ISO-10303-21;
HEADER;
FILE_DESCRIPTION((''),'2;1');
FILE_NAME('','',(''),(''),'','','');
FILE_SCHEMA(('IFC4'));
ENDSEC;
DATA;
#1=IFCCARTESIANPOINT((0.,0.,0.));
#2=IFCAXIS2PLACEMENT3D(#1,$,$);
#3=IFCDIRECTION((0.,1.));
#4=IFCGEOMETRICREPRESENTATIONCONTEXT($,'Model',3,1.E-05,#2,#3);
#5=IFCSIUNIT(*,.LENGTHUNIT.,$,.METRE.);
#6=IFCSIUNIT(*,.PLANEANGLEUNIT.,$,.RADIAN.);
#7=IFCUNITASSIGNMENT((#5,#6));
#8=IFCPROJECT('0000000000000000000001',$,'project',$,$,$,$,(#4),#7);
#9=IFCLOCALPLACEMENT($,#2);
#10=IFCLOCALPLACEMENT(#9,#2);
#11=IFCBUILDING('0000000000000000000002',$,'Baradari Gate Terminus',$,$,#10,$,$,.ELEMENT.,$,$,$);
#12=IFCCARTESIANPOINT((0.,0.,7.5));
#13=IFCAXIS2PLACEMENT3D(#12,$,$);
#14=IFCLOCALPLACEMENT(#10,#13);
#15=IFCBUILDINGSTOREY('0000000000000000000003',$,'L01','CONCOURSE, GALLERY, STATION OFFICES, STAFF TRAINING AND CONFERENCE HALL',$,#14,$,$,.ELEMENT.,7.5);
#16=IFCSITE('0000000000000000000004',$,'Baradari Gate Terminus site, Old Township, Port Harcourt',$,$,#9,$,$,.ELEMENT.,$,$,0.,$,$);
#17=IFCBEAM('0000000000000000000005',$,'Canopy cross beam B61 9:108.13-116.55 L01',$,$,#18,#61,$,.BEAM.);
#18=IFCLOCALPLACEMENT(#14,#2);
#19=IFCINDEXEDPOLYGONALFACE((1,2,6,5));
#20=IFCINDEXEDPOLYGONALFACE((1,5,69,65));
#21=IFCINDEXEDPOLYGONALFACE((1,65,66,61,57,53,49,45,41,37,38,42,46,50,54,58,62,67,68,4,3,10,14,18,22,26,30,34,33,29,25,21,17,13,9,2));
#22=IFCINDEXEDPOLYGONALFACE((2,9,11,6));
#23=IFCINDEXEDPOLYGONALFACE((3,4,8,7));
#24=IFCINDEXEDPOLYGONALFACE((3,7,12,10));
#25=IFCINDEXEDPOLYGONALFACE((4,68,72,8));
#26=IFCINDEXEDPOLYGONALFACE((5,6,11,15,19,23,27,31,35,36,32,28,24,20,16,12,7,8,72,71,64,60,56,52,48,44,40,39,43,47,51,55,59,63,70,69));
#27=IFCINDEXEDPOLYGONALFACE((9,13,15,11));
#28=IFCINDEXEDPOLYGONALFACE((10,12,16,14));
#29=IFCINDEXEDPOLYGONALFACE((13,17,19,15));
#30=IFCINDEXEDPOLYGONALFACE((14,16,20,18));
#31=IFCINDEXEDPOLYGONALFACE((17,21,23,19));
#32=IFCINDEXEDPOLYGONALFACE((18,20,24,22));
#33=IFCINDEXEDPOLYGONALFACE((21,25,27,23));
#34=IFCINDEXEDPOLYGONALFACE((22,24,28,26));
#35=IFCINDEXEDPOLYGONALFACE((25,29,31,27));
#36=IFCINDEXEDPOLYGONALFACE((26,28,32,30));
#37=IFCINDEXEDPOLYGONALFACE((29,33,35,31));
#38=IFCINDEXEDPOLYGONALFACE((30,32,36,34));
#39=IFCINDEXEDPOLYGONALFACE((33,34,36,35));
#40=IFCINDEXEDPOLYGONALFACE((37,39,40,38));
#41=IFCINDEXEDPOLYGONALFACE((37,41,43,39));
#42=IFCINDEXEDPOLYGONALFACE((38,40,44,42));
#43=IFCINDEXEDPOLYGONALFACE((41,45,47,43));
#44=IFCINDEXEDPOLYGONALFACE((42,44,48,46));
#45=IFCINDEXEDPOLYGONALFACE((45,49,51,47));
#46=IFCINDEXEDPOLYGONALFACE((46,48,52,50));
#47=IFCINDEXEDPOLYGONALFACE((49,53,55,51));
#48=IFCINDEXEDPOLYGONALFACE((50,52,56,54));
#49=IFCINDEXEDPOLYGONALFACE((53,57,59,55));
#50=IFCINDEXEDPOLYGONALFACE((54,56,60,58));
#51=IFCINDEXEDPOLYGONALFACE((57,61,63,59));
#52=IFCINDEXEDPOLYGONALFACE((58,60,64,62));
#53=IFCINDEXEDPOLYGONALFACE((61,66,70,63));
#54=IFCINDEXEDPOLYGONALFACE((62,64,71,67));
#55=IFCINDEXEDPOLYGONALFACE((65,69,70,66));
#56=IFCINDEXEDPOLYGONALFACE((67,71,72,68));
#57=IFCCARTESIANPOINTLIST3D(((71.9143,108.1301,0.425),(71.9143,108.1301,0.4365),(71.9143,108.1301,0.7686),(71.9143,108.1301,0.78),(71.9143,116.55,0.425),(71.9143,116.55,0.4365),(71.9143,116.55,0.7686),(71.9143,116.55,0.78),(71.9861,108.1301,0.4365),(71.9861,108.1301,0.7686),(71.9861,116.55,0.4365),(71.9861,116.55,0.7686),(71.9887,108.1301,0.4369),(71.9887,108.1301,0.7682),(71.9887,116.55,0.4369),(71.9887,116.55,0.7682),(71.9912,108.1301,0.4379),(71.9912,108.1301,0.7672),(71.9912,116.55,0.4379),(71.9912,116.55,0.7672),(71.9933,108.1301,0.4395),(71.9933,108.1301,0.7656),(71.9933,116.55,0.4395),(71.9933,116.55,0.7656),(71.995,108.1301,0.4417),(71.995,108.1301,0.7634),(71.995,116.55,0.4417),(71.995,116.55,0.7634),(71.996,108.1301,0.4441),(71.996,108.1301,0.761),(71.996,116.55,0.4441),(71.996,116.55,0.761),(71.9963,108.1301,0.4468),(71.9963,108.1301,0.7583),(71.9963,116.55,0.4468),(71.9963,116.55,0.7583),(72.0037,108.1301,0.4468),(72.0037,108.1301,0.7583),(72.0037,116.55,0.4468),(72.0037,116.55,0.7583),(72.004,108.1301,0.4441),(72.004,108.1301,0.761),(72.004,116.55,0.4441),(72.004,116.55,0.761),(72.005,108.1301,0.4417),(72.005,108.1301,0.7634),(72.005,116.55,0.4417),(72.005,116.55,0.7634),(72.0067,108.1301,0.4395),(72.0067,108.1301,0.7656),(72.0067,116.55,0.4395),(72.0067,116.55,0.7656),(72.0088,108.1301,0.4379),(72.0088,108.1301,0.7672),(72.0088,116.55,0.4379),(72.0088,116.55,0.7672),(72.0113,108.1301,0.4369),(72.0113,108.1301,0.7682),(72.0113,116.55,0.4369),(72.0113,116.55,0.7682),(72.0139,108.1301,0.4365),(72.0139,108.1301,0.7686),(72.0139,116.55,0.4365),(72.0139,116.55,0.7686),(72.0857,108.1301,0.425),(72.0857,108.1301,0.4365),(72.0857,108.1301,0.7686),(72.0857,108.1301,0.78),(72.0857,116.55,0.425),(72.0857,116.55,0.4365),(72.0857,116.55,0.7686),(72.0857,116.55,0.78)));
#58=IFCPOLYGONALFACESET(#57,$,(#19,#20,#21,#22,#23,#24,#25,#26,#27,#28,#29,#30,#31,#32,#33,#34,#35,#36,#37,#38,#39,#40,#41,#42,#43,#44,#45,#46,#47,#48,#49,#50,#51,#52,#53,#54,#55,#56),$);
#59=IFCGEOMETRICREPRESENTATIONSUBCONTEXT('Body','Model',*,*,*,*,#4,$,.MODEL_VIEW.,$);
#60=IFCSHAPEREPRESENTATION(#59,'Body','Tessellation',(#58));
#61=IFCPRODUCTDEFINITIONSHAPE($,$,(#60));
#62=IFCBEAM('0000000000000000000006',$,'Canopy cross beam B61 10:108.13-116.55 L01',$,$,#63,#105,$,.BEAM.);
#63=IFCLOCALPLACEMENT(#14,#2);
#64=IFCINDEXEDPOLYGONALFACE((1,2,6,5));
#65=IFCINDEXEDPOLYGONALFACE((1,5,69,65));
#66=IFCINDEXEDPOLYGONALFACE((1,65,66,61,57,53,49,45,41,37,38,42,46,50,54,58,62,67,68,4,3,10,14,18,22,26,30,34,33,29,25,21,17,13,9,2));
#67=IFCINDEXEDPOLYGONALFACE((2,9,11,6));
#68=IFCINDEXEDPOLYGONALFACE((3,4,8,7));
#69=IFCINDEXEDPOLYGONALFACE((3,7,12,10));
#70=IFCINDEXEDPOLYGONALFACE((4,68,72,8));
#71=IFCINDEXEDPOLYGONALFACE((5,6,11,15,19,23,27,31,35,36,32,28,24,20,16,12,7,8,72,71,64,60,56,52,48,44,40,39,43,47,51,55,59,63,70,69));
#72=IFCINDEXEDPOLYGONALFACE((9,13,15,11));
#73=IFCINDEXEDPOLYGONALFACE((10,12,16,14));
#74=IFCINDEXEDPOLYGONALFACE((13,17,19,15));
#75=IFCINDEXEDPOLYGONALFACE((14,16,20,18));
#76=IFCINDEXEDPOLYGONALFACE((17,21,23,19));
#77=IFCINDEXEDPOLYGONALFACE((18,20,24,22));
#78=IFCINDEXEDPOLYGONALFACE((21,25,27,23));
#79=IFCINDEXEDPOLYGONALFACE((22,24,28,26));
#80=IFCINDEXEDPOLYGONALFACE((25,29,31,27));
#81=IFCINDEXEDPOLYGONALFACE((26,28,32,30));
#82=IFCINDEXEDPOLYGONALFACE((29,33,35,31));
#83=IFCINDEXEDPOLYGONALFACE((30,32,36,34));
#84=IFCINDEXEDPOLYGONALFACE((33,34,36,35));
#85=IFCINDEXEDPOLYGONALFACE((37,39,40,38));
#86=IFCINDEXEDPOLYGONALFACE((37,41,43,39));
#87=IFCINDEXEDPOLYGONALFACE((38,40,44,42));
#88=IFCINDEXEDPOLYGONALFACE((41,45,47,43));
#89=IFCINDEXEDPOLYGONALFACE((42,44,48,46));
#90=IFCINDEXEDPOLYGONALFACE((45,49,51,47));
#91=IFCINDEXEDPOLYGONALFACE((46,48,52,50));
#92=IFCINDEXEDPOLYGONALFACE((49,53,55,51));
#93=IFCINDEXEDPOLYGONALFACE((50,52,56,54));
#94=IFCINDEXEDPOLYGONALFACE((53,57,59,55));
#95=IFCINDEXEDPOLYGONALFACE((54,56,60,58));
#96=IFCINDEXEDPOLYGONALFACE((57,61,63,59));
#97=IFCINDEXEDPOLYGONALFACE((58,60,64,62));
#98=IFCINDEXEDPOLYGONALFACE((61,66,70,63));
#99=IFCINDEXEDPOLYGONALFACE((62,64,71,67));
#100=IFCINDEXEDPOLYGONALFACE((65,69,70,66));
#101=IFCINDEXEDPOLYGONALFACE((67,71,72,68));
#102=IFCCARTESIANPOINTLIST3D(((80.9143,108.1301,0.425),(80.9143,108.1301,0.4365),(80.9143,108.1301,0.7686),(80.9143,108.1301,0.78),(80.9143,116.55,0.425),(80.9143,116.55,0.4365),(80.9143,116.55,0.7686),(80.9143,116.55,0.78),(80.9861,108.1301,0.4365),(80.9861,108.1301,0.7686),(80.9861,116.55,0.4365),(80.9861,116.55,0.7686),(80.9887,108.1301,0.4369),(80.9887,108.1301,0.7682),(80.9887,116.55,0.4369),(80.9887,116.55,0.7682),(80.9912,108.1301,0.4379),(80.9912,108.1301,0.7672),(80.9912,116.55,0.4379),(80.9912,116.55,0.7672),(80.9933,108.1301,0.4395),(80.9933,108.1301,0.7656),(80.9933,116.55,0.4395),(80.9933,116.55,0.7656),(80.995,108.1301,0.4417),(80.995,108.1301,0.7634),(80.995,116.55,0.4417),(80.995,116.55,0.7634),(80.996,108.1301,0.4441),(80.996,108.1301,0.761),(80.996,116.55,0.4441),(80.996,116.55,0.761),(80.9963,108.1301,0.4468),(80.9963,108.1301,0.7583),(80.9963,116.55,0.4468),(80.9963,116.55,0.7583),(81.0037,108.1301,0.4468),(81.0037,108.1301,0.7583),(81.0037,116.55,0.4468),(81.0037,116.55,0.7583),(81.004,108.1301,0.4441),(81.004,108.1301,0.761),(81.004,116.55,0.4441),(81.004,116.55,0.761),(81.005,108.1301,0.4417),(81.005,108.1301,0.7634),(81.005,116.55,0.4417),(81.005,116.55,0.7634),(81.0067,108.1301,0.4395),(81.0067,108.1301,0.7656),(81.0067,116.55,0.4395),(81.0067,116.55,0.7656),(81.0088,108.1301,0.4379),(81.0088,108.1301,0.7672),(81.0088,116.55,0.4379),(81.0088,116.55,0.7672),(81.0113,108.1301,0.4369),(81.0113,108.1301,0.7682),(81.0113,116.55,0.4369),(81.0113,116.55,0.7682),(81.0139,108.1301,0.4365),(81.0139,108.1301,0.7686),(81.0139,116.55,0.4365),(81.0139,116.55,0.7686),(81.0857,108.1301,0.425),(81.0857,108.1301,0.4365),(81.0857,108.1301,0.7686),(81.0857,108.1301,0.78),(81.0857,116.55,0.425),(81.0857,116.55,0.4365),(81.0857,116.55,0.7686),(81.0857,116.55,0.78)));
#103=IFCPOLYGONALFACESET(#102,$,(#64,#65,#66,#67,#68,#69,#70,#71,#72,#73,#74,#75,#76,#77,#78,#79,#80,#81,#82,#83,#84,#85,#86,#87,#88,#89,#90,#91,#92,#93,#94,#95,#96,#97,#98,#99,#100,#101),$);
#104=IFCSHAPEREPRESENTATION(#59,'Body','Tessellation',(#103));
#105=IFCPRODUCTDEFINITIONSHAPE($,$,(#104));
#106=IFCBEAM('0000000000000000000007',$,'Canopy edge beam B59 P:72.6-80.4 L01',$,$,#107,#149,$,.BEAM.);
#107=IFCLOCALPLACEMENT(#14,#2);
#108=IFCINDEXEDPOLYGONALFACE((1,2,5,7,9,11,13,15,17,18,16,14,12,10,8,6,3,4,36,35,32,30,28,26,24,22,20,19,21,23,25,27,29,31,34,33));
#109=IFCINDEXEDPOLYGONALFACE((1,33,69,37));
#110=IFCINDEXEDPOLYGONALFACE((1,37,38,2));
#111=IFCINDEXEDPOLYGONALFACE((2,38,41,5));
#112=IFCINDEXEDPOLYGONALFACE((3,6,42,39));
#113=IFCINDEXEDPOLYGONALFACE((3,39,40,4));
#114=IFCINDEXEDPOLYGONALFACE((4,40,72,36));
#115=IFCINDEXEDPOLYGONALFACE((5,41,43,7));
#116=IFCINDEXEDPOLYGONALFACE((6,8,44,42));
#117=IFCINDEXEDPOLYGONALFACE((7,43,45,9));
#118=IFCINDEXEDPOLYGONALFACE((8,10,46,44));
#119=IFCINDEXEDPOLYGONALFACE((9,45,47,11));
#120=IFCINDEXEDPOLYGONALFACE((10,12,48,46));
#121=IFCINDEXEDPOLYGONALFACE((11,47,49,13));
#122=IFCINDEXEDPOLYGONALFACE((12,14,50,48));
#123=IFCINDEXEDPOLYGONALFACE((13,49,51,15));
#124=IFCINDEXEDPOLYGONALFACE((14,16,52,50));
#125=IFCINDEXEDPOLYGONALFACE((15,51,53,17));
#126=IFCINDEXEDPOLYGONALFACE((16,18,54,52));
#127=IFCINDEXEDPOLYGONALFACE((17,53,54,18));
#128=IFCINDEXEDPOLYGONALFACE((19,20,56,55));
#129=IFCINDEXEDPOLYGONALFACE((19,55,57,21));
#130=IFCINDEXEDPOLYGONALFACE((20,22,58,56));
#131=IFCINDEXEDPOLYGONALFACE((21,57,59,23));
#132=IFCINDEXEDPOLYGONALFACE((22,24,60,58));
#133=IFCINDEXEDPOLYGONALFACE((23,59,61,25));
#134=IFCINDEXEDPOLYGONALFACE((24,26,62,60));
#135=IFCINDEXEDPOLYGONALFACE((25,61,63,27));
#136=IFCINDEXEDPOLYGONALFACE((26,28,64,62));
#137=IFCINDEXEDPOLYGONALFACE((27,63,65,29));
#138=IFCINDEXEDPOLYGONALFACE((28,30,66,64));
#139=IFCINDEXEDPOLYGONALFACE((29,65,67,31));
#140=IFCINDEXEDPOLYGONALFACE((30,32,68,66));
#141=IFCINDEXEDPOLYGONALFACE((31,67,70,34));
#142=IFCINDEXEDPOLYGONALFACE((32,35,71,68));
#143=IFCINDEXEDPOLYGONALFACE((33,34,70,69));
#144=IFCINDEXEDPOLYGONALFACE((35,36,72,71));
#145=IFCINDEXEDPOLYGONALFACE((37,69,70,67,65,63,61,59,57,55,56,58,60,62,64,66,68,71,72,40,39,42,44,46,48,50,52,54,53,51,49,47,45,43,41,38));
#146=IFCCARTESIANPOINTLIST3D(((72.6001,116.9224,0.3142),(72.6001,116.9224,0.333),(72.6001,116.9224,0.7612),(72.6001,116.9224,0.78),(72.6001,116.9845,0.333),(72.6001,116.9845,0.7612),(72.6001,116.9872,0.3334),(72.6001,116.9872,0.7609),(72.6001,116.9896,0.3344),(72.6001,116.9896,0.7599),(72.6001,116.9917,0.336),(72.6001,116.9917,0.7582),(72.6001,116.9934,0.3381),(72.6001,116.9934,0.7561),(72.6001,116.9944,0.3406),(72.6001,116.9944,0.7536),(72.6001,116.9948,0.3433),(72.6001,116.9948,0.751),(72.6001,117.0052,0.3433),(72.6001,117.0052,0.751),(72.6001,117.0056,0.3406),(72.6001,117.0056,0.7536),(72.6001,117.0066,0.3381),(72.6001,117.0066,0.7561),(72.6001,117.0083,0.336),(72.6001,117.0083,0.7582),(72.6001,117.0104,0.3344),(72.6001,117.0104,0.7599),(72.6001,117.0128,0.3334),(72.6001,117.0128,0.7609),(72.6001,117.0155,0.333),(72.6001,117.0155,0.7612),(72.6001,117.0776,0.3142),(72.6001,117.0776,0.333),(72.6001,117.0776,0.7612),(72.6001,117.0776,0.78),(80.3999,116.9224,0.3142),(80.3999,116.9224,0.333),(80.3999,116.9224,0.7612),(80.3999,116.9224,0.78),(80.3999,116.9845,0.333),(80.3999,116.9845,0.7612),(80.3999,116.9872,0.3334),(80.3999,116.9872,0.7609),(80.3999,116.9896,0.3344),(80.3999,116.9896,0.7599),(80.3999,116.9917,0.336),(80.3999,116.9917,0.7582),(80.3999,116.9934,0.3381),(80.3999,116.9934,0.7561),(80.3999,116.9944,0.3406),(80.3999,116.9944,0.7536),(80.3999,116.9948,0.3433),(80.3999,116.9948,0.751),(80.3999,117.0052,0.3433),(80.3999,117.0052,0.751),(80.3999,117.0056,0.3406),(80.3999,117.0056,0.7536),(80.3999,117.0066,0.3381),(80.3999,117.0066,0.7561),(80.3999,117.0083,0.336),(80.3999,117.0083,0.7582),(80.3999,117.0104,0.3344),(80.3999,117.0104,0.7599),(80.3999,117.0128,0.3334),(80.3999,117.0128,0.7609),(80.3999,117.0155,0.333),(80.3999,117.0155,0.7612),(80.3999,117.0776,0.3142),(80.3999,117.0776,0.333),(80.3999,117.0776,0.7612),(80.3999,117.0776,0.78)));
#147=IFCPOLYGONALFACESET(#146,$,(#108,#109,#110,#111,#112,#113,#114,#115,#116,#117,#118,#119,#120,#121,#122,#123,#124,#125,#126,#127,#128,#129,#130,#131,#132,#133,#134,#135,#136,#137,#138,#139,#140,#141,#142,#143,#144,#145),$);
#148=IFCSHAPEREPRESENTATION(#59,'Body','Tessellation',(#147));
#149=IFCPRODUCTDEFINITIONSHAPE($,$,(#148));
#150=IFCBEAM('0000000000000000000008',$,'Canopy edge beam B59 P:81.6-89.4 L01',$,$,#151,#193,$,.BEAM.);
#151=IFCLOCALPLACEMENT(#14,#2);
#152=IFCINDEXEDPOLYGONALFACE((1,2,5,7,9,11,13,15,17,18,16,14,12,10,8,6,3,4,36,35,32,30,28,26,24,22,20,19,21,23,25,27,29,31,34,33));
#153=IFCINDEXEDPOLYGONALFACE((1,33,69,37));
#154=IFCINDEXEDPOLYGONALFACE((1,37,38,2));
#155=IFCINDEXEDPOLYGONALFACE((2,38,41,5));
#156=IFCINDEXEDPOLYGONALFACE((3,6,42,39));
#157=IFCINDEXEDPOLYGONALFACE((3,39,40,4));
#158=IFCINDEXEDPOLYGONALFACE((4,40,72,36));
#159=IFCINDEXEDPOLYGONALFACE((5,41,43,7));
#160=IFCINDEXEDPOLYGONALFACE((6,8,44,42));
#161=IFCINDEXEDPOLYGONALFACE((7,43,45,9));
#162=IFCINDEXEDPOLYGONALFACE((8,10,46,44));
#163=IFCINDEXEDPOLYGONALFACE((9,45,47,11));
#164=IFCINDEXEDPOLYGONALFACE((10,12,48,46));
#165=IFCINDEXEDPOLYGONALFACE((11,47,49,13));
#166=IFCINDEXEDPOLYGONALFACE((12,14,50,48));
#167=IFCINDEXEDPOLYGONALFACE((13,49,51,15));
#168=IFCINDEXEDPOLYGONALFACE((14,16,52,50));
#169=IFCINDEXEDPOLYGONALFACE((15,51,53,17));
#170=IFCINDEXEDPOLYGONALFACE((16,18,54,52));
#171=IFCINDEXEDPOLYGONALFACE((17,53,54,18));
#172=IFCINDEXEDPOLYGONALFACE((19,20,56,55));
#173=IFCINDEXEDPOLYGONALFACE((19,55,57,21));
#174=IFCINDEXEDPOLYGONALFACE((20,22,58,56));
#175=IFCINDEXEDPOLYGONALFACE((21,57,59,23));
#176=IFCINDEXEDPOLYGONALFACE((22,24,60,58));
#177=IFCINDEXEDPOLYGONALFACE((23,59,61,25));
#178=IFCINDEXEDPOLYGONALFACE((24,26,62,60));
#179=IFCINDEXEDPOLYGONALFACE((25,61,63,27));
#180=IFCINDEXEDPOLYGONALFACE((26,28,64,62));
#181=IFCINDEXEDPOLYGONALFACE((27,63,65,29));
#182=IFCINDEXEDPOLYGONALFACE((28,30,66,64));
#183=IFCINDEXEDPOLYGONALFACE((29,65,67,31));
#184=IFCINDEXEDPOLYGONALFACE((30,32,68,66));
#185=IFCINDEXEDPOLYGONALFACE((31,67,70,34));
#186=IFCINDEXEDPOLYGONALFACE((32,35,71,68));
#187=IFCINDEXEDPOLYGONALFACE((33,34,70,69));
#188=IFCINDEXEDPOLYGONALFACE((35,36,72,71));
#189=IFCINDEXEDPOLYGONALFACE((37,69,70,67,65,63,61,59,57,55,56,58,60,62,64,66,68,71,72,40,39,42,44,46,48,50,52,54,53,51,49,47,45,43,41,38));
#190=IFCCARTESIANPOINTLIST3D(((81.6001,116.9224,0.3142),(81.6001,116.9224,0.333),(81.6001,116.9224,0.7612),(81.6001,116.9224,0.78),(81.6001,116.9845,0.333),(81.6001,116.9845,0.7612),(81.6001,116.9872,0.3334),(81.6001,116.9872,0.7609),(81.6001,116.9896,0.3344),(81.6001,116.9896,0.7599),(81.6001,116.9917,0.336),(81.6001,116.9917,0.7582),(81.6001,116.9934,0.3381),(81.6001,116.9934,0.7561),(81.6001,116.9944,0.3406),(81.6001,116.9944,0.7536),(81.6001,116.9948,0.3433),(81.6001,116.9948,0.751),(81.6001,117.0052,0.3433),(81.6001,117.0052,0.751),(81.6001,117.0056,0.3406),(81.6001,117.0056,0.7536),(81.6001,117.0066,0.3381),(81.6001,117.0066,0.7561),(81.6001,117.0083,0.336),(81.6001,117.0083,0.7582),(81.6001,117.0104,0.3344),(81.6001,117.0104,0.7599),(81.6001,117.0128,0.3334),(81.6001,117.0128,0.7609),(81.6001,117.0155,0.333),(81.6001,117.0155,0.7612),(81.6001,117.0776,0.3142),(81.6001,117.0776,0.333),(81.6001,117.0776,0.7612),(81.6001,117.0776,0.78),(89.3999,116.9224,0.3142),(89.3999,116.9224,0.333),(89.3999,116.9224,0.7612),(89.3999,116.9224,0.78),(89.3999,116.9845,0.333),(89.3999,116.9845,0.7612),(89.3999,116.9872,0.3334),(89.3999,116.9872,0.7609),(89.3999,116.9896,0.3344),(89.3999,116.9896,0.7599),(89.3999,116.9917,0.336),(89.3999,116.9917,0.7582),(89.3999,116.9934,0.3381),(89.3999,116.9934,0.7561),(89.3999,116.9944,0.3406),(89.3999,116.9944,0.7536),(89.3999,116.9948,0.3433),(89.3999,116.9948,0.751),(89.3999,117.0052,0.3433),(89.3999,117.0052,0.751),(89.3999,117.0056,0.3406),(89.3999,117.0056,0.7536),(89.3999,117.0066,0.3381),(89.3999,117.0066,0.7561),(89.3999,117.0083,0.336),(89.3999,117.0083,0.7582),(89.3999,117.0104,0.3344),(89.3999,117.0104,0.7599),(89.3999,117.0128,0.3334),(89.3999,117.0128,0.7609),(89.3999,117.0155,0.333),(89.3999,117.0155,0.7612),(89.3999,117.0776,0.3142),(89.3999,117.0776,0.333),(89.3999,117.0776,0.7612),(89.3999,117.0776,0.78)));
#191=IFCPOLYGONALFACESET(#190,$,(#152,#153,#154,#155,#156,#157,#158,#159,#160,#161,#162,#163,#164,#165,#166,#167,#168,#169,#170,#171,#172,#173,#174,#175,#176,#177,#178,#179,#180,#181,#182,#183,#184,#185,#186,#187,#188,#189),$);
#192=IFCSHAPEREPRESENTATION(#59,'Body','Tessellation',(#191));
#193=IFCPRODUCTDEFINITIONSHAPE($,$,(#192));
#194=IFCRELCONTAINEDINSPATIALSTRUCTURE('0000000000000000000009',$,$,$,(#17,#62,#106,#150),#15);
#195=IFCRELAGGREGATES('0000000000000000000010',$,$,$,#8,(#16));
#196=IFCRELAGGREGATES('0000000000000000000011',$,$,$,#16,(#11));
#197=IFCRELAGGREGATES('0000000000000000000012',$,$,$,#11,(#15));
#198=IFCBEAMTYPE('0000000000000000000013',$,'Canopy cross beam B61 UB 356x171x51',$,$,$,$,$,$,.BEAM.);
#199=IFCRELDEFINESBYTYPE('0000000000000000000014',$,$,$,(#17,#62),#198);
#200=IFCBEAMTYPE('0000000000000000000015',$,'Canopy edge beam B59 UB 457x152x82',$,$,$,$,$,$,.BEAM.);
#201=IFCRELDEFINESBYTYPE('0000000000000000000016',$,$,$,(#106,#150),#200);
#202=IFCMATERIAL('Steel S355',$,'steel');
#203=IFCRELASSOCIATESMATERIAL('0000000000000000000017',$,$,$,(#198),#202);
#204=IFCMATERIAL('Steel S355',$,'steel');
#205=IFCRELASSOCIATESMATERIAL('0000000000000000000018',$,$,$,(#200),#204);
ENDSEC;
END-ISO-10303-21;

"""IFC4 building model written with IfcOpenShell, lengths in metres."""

from ifc_helpers import new_model, si_unit, direction, frame, origin, origin_2d, place, context, subcontext, project, spatial, i_section, extrude, material, material_profile, profile_set, type_object, element, save


model = new_model("IFC4")

# Units and contexts
model_context = context("Model", 3, precision=1e-05, world=origin(), true_north=direction((0.0, 1.0)))
body_context = subcontext(model_context, "Body", "Model", "MODEL_VIEW")
ifc_project = project(units=[si_unit("LENGTHUNIT", "METRE"), si_unit("PLANEANGLEUNIT", "RADIAN")], contexts=[model_context])

# Site, building, storey
site_placement = place(None, origin())
site = spatial("IfcSite", under=ifc_project, at=site_placement, Name="Baradari Gate Terminus site, Old Township, Port Harcourt", CompositionType="ELEMENT", RefElevation=0.0)
building_placement = place(site_placement, origin())
building = spatial("IfcBuilding", under=site, at=building_placement, Name="Baradari Gate Terminus", CompositionType="ELEMENT")
storey_placement = place(building_placement, frame((0.0, 0.0, 7.5)))
storey = spatial("IfcBuildingStorey", under=building, at=storey_placement, Name="L01", Description="CONCOURSE, GALLERY, STATION OFFICES, STAFF TRAINING AND CONFERENCE HALL", CompositionType="ELEMENT", Elevation=7.5)

# Beams
ifc_material_1 = material(Name="Steel S355", Category="steel")
ifc_material_profile_1 = material_profile(ifc_material_1, i_section(OverallWidth=0.1714, OverallDepth=0.355, WebThickness=0.0073, FlangeThickness=0.0115, FilletRadius=0.0103, at=origin_2d()), Name="UB 356x171x51")
ifc_profile_set_1 = profile_set([ifc_material_profile_1], Name="Steel S355")
beam_type_1 = type_object("IfcBeamType", Name="Canopy cross beam B61 UB 356x171x51", PredefinedType="BEAM", material=ifc_profile_set_1)
for number, where, z_axis, x_axis, name in (
    (1, (72.0, 108.1301, 0.6025), (0.0, 1.0, 0.0), (-1.0, 0.0, 0.0), "Canopy cross beam B61 9:108.13-116.55 L01"),
    (2, (81.0, 108.1301, 0.6025), (0.0, 1.0, 0.0), (-1.0, 0.0, 0.0), "Canopy cross beam B61 10:108.13-116.55 L01"),
):
    element("IfcBeam", number, at=place(storey_placement, frame(where, z_axis=z_axis, x_axis=x_axis)), inside=storey, type_object=beam_type_1, Name=name, PredefinedType="BEAM", context=body_context, shape_type="SweptSolid", body=[
        extrude(i_section(OverallWidth=0.1714, OverallDepth=0.355, WebThickness=0.0073, FlangeThickness=0.0115, FilletRadius=0.0103, at=origin_2d()), origin(), (0.0, 0.0, 1.0), 8.4199),
    ])
ifc_material_2 = material(Name="Steel S355", Category="steel")
ifc_material_profile_2 = material_profile(ifc_material_2, i_section(OverallWidth=0.1553, OverallDepth=0.4658, WebThickness=0.0105, FlangeThickness=0.0188, FilletRadius=0.0103, at=origin_2d()), Name="UB 457x152x82")
ifc_profile_set_2 = profile_set([ifc_material_profile_2], Name="Steel S355")
beam_type_2 = type_object("IfcBeamType", Name="Canopy edge beam B59 UB 457x152x82", PredefinedType="BEAM", material=ifc_profile_set_2)
for number, where, z_axis, x_axis, name in (
    (3, (72.6001, 117.0, 0.5471), (1.0, 0.0, 0.0), (0.0, 1.0, 0.0), "Canopy edge beam B59 P:72.6-80.4 L01"),
    (4, (81.6001, 117.0, 0.5471), (1.0, 0.0, 0.0), (0.0, 1.0, 0.0), "Canopy edge beam B59 P:81.6-89.4 L01"),
):
    element("IfcBeam", number, at=place(storey_placement, frame(where, z_axis=z_axis, x_axis=x_axis)), inside=storey, type_object=beam_type_2, Name=name, PredefinedType="BEAM", context=body_context, shape_type="SweptSolid", body=[
        extrude(i_section(OverallWidth=0.1553, OverallDepth=0.4658, WebThickness=0.0105, FlangeThickness=0.0188, FilletRadius=0.0103, at=origin_2d()), origin(), (0.0, 0.0, 1.0), 7.7998),
    ])

save(model, "model.ifc")
